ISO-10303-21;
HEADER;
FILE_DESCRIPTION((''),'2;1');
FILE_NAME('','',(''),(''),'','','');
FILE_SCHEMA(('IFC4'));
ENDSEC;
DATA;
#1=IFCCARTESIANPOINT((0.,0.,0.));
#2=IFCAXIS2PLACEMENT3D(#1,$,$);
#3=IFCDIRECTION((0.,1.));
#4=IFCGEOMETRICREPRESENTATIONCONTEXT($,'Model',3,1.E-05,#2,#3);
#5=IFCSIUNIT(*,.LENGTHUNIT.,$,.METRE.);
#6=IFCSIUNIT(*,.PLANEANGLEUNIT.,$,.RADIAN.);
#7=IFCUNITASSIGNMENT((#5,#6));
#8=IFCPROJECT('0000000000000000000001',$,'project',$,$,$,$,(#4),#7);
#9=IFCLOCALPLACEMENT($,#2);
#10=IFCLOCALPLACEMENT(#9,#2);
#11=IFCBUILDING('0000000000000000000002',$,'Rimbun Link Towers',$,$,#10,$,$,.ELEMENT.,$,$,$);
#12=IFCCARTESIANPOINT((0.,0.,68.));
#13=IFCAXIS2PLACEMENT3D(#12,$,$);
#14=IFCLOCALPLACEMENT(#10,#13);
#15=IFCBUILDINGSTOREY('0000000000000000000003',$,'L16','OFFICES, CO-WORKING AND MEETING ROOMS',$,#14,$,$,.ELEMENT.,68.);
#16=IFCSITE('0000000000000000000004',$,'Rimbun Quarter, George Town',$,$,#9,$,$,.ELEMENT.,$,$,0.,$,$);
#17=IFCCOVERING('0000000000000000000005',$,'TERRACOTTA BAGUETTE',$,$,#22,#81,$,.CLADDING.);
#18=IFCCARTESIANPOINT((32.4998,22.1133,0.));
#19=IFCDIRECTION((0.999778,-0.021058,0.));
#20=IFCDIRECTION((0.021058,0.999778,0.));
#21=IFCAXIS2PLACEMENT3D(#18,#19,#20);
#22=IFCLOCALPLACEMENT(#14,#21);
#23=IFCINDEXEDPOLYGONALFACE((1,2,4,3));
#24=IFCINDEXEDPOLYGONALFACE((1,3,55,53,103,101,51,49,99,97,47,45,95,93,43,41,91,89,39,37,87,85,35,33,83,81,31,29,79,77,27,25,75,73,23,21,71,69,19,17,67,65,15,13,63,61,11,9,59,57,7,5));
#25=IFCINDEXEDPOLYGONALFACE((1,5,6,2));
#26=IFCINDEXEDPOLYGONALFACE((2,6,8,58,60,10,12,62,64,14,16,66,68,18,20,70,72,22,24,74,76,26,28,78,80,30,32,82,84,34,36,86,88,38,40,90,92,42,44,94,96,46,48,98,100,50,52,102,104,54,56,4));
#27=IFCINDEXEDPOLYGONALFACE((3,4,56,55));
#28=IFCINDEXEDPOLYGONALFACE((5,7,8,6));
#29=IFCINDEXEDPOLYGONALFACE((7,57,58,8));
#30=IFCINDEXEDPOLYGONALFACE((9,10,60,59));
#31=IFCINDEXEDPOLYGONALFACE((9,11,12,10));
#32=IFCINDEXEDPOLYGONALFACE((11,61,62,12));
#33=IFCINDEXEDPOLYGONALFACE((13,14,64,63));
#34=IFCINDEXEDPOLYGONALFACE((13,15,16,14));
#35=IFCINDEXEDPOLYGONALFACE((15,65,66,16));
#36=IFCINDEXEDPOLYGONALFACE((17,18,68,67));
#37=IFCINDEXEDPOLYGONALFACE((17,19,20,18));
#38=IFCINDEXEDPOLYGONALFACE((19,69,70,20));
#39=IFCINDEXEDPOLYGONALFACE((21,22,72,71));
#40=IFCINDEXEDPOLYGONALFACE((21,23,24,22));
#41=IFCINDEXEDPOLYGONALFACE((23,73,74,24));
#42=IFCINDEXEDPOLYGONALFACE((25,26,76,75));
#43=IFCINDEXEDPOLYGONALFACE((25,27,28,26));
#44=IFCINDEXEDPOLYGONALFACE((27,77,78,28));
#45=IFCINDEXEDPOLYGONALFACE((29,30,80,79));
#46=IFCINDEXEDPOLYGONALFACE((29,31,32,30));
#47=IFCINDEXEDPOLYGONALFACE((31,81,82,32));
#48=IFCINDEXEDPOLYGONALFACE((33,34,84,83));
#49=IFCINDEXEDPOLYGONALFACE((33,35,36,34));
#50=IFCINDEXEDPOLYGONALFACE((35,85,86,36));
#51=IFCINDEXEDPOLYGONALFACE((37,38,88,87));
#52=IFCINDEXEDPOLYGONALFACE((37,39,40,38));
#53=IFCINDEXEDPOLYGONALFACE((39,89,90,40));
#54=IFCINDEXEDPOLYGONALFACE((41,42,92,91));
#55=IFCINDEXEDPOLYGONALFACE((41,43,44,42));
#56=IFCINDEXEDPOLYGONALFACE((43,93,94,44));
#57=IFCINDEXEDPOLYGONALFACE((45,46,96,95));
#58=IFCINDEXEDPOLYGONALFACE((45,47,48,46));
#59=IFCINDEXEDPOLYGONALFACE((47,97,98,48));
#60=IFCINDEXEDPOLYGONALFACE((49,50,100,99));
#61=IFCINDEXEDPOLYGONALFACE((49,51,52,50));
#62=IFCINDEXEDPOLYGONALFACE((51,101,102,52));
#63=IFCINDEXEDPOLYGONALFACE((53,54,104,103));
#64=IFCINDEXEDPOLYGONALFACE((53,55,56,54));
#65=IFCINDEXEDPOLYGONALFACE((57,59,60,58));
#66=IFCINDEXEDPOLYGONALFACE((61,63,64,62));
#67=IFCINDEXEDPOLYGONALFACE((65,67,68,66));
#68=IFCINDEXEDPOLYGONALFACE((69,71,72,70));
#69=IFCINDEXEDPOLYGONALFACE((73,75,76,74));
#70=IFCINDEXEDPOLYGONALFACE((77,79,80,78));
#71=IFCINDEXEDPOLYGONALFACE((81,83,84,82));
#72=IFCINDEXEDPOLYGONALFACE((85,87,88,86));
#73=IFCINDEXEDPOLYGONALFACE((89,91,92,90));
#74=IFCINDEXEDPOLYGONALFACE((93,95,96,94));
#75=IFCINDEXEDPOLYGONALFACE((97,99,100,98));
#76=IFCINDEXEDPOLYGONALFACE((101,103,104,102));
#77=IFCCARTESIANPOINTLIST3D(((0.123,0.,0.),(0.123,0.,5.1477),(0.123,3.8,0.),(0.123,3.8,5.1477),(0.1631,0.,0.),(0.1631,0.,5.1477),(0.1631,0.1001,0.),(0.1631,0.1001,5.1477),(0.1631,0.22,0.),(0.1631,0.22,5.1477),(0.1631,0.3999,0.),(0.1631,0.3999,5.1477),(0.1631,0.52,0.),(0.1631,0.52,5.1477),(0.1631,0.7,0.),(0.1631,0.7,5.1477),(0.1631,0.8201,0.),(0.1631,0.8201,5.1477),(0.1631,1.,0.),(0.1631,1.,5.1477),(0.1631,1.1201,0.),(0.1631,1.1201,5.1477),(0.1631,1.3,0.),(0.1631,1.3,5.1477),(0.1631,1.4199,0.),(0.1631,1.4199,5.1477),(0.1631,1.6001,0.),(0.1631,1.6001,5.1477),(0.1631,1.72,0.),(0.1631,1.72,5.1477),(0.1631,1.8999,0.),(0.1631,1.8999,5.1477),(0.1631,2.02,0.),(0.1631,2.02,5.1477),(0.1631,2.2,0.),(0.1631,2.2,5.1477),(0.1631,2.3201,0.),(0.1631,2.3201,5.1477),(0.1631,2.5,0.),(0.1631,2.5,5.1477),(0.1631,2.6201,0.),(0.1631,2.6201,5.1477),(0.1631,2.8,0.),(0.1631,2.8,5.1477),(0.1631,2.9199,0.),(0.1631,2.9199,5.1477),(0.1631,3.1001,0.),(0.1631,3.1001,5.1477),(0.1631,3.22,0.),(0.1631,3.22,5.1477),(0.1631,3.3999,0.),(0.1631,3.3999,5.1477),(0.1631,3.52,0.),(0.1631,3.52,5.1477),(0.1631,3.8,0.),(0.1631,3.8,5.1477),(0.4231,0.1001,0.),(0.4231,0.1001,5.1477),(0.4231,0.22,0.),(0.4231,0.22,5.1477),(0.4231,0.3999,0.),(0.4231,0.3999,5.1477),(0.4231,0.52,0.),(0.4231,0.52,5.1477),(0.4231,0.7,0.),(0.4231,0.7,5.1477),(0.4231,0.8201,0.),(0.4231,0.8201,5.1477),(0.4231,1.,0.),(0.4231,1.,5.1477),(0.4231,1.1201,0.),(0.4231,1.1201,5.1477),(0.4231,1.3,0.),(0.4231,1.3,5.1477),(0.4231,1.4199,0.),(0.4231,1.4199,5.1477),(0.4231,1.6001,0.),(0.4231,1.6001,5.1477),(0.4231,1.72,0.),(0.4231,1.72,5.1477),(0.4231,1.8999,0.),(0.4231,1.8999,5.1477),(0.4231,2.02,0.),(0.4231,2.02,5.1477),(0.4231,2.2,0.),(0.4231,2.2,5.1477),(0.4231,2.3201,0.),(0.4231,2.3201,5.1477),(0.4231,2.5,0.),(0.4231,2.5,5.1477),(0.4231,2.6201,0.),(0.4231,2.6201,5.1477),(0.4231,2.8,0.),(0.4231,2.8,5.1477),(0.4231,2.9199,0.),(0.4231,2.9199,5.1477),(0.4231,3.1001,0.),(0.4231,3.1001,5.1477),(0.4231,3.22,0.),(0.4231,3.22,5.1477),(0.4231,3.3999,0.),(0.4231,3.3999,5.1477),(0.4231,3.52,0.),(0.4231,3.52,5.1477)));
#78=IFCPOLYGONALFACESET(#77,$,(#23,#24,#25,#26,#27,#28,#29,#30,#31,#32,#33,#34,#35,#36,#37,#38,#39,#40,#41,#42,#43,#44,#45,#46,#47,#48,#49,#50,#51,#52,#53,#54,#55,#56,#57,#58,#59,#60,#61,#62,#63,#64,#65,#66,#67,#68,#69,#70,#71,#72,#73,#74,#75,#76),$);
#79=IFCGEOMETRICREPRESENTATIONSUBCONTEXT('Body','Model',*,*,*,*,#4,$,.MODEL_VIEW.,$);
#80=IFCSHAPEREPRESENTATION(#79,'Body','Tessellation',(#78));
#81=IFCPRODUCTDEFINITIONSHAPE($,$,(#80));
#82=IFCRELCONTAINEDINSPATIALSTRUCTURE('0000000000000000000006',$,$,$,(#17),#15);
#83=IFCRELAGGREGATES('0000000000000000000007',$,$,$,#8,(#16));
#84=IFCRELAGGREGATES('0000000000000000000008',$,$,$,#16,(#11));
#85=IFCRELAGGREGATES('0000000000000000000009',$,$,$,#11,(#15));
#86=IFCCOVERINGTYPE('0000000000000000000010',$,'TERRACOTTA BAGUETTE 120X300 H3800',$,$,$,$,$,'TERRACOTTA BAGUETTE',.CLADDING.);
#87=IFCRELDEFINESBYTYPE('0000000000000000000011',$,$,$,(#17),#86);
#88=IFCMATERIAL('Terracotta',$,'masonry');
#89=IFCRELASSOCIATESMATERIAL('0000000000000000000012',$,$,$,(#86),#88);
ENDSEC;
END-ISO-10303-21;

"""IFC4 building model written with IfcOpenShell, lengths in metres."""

from ifc_helpers import new_model, si_unit, direction, frame, origin, place, context, subcontext, project, spatial, polyline, outline, extrude, material, material_profile, profile_set, type_object, element, save


model = new_model("IFC4")

# Units and contexts
model_context = context("Model", 3, precision=1e-05, world=origin(), true_north=direction((0.0, 1.0)))
body_context = subcontext(model_context, "Body", "Model", "MODEL_VIEW")
ifc_project = project(units=[si_unit("LENGTHUNIT", "METRE"), si_unit("PLANEANGLEUNIT", "RADIAN")], contexts=[model_context])

# Site, building, storey
site_placement = place(None, origin())
site = spatial("IfcSite", under=ifc_project, at=site_placement, Name="Rimbun Quarter, George Town", CompositionType="ELEMENT", RefElevation=0.0)
building_placement = place(site_placement, origin())
building = spatial("IfcBuilding", under=site, at=building_placement, Name="Rimbun Link Towers", CompositionType="ELEMENT")
storey_placement = place(building_placement, frame((0.0, 0.0, 68.0)))
storey = spatial("IfcBuildingStorey", under=building, at=storey_placement, Name="L16", Description="OFFICES, CO-WORKING AND MEETING ROOMS", CompositionType="ELEMENT", Elevation=68.0)

# Covering
ifc_material_1 = material(Name="Terracotta", Category="masonry")
ifc_material_profile_1 = material_profile(ifc_material_1, outline(polyline([(0.123, 0.0), (0.1631, 0.0), (0.1631, 0.1001), (0.4231, 0.1001), (0.4231, 0.22), (0.1631, 0.22), (0.1631, 0.3999), (0.4231, 0.3999), (0.4231, 0.52), (0.1631, 0.52), (0.1631, 0.7), (0.4231, 0.7), (0.4231, 0.8201), (0.1631, 0.8201), (0.1631, 1.0), (0.4231, 1.0), (0.4231, 1.1201), (0.1631, 1.1201), (0.1631, 1.3), (0.4231, 1.3), (0.4231, 1.4199), (0.1631, 1.4199), (0.1631, 1.6001), (0.4231, 1.6001), (0.4231, 1.72), (0.1631, 1.72), (0.1631, 1.8999), (0.4231, 1.8999), (0.4231, 2.02), (0.1631, 2.02), (0.1631, 2.2), (0.4231, 2.2), (0.4231, 2.3201), (0.1631, 2.3201), (0.1631, 2.5), (0.4231, 2.5), (0.4231, 2.6201), (0.1631, 2.6201), (0.1631, 2.8), (0.4231, 2.8), (0.4231, 2.9199), (0.1631, 2.9199), (0.1631, 3.1001), (0.4231, 3.1001), (0.4231, 3.22), (0.1631, 3.22), (0.1631, 3.3999), (0.4231, 3.3999), (0.4231, 3.52), (0.1631, 3.52), (0.1631, 3.8), (0.123, 3.8), (0.123, 0.0)])), Name="BAGUETTE 120X300")
ifc_profile_set_1 = profile_set([ifc_material_profile_1], Name="Terracotta")
covering_type = type_object("IfcCoveringType", Name="TERRACOTTA BAGUETTE 120X300 H3800", ElementType="TERRACOTTA BAGUETTE", PredefinedType="CLADDING", material=ifc_profile_set_1)
covering_1_placement = place(storey_placement, frame((32.4998, 22.1133, 0.0), z_axis=(0.999778, -0.021058, 0.0), x_axis=(0.021058, 0.999778, 0.0)))
element("IfcCovering", 1, at=covering_1_placement, inside=storey, type_object=covering_type, Name="TERRACOTTA BAGUETTE", PredefinedType="CLADDING", context=body_context, shape_type="SweptSolid", body=[
    extrude(outline(polyline([(0.123, 0.0), (0.1631, 0.0), (0.1631, 0.1001), (0.4231, 0.1001), (0.4231, 0.22), (0.1631, 0.22), (0.1631, 0.3999), (0.4231, 0.3999), (0.4231, 0.52), (0.1631, 0.52), (0.1631, 0.7), (0.4231, 0.7), (0.4231, 0.8201), (0.1631, 0.8201), (0.1631, 1.0), (0.4231, 1.0), (0.4231, 1.1201), (0.1631, 1.1201), (0.1631, 1.3), (0.4231, 1.3), (0.4231, 1.4199), (0.1631, 1.4199), (0.1631, 1.6001), (0.4231, 1.6001), (0.4231, 1.72), (0.1631, 1.72), (0.1631, 1.8999), (0.4231, 1.8999), (0.4231, 2.02), (0.1631, 2.02), (0.1631, 2.2), (0.4231, 2.2), (0.4231, 2.3201), (0.1631, 2.3201), (0.1631, 2.5), (0.4231, 2.5), (0.4231, 2.6201), (0.1631, 2.6201), (0.1631, 2.8), (0.4231, 2.8), (0.4231, 2.9199), (0.1631, 2.9199), (0.1631, 3.1001), (0.4231, 3.1001), (0.4231, 3.22), (0.1631, 3.22), (0.1631, 3.3999), (0.4231, 3.3999), (0.4231, 3.52), (0.1631, 3.52), (0.1631, 3.8), (0.123, 3.8), (0.123, 0.0)])), origin(), (0.0, 0.0, 1.0), 5.1477),
])

save(model, "model.ifc")
